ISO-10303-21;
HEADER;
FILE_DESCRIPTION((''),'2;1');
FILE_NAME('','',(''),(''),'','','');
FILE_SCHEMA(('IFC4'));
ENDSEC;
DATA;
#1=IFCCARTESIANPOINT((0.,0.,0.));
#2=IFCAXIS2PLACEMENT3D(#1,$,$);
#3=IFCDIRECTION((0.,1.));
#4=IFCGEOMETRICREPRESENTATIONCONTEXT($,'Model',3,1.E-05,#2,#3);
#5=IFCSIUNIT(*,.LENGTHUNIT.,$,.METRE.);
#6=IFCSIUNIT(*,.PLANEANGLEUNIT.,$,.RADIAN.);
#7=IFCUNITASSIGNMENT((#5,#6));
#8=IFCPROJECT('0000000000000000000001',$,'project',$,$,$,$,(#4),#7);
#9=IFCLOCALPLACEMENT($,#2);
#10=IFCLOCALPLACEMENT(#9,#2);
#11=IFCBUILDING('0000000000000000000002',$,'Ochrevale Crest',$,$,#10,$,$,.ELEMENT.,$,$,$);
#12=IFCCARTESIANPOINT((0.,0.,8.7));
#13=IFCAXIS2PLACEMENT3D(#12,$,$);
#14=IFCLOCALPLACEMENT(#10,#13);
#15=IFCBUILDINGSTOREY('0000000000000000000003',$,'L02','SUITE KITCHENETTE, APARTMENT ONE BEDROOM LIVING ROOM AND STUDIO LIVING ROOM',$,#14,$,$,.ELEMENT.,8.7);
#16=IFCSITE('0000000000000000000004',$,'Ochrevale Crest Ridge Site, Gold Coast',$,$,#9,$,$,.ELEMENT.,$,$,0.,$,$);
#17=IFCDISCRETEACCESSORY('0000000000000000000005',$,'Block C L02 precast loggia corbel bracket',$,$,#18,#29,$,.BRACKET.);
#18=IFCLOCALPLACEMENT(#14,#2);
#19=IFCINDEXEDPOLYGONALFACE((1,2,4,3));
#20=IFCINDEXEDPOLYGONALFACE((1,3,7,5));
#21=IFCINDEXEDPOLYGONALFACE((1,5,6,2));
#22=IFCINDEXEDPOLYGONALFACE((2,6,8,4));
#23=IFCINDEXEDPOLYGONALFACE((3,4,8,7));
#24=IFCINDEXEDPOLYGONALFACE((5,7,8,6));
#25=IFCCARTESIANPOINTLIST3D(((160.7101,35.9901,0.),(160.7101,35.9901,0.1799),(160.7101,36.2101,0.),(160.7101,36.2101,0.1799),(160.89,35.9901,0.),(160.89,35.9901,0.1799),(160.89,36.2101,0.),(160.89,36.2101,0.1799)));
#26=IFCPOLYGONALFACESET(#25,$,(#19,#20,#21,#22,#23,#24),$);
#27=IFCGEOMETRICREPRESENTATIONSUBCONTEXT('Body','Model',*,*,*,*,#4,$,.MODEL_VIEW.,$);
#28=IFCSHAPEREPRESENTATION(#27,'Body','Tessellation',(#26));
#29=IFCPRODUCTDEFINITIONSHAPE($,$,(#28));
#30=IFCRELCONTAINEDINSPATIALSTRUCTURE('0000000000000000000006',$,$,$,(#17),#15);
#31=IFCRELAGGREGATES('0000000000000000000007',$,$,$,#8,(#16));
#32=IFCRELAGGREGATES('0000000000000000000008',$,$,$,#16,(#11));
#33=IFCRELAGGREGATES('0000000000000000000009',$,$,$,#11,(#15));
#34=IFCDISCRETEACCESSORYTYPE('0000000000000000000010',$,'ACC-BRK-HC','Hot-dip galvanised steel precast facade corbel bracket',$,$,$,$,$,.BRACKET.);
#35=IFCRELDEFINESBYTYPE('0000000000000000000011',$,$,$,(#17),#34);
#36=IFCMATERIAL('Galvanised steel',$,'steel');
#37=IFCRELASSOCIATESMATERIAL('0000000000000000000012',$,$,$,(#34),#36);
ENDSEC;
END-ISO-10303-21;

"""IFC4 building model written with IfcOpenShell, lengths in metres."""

from ifc_helpers import new_model, si_unit, direction, frame, origin, origin_2d, place, context, subcontext, project, spatial, rectangle, extrude, material, type_object, element, save


model = new_model("IFC4")

# Units and contexts
model_context = context("Model", 3, precision=1e-05, world=origin(), true_north=direction((0.0, 1.0)))
body_context = subcontext(model_context, "Body", "Model", "MODEL_VIEW")
ifc_project = project(units=[si_unit("LENGTHUNIT", "METRE"), si_unit("PLANEANGLEUNIT", "RADIAN")], contexts=[model_context])

# Site, building, storey
site_placement = place(None, origin())
site = spatial("IfcSite", under=ifc_project, at=site_placement, Name="Ochrevale Crest Ridge Site, Gold Coast", CompositionType="ELEMENT", RefElevation=0.0)
building_placement = place(site_placement, origin())
building = spatial("IfcBuilding", under=site, at=building_placement, Name="Ochrevale Crest", CompositionType="ELEMENT")
storey_placement = place(building_placement, frame((0.0, 0.0, 8.7)))
storey = spatial("IfcBuildingStorey", under=building, at=storey_placement, Name="L02", Description="SUITE KITCHENETTE, APARTMENT ONE BEDROOM LIVING ROOM AND STUDIO LIVING ROOM", CompositionType="ELEMENT", Elevation=8.7)

# Shared definitions
ifc_material_1 = material(Name="Galvanised steel", Category="steel")

# Discrete accessory
discrete_accessory_type = type_object("IfcDiscreteAccessoryType", Name="ACC-BRK-HC", Description="Hot-dip galvanised steel precast facade corbel bracket", PredefinedType="BRACKET", material=ifc_material_1)
discrete_accessory_placement = place(storey_placement, frame((160.8, 36.1001, 0.0), z_axis=(0.0, 0.0, 1.0), x_axis=(1.0, 0.0, 0.0)))
element("IfcDiscreteAccessory", 1, at=discrete_accessory_placement, inside=storey, type_object=discrete_accessory_type, Name="Block C L02 precast loggia corbel bracket", PredefinedType="BRACKET", context=body_context, shape_type="SweptSolid", body=[
    extrude(rectangle(XDim=0.1799, YDim=0.22, at=origin_2d()), origin(), (0.0, 0.0, 1.0), 0.1799),
])

save(model, "model.ifc")
